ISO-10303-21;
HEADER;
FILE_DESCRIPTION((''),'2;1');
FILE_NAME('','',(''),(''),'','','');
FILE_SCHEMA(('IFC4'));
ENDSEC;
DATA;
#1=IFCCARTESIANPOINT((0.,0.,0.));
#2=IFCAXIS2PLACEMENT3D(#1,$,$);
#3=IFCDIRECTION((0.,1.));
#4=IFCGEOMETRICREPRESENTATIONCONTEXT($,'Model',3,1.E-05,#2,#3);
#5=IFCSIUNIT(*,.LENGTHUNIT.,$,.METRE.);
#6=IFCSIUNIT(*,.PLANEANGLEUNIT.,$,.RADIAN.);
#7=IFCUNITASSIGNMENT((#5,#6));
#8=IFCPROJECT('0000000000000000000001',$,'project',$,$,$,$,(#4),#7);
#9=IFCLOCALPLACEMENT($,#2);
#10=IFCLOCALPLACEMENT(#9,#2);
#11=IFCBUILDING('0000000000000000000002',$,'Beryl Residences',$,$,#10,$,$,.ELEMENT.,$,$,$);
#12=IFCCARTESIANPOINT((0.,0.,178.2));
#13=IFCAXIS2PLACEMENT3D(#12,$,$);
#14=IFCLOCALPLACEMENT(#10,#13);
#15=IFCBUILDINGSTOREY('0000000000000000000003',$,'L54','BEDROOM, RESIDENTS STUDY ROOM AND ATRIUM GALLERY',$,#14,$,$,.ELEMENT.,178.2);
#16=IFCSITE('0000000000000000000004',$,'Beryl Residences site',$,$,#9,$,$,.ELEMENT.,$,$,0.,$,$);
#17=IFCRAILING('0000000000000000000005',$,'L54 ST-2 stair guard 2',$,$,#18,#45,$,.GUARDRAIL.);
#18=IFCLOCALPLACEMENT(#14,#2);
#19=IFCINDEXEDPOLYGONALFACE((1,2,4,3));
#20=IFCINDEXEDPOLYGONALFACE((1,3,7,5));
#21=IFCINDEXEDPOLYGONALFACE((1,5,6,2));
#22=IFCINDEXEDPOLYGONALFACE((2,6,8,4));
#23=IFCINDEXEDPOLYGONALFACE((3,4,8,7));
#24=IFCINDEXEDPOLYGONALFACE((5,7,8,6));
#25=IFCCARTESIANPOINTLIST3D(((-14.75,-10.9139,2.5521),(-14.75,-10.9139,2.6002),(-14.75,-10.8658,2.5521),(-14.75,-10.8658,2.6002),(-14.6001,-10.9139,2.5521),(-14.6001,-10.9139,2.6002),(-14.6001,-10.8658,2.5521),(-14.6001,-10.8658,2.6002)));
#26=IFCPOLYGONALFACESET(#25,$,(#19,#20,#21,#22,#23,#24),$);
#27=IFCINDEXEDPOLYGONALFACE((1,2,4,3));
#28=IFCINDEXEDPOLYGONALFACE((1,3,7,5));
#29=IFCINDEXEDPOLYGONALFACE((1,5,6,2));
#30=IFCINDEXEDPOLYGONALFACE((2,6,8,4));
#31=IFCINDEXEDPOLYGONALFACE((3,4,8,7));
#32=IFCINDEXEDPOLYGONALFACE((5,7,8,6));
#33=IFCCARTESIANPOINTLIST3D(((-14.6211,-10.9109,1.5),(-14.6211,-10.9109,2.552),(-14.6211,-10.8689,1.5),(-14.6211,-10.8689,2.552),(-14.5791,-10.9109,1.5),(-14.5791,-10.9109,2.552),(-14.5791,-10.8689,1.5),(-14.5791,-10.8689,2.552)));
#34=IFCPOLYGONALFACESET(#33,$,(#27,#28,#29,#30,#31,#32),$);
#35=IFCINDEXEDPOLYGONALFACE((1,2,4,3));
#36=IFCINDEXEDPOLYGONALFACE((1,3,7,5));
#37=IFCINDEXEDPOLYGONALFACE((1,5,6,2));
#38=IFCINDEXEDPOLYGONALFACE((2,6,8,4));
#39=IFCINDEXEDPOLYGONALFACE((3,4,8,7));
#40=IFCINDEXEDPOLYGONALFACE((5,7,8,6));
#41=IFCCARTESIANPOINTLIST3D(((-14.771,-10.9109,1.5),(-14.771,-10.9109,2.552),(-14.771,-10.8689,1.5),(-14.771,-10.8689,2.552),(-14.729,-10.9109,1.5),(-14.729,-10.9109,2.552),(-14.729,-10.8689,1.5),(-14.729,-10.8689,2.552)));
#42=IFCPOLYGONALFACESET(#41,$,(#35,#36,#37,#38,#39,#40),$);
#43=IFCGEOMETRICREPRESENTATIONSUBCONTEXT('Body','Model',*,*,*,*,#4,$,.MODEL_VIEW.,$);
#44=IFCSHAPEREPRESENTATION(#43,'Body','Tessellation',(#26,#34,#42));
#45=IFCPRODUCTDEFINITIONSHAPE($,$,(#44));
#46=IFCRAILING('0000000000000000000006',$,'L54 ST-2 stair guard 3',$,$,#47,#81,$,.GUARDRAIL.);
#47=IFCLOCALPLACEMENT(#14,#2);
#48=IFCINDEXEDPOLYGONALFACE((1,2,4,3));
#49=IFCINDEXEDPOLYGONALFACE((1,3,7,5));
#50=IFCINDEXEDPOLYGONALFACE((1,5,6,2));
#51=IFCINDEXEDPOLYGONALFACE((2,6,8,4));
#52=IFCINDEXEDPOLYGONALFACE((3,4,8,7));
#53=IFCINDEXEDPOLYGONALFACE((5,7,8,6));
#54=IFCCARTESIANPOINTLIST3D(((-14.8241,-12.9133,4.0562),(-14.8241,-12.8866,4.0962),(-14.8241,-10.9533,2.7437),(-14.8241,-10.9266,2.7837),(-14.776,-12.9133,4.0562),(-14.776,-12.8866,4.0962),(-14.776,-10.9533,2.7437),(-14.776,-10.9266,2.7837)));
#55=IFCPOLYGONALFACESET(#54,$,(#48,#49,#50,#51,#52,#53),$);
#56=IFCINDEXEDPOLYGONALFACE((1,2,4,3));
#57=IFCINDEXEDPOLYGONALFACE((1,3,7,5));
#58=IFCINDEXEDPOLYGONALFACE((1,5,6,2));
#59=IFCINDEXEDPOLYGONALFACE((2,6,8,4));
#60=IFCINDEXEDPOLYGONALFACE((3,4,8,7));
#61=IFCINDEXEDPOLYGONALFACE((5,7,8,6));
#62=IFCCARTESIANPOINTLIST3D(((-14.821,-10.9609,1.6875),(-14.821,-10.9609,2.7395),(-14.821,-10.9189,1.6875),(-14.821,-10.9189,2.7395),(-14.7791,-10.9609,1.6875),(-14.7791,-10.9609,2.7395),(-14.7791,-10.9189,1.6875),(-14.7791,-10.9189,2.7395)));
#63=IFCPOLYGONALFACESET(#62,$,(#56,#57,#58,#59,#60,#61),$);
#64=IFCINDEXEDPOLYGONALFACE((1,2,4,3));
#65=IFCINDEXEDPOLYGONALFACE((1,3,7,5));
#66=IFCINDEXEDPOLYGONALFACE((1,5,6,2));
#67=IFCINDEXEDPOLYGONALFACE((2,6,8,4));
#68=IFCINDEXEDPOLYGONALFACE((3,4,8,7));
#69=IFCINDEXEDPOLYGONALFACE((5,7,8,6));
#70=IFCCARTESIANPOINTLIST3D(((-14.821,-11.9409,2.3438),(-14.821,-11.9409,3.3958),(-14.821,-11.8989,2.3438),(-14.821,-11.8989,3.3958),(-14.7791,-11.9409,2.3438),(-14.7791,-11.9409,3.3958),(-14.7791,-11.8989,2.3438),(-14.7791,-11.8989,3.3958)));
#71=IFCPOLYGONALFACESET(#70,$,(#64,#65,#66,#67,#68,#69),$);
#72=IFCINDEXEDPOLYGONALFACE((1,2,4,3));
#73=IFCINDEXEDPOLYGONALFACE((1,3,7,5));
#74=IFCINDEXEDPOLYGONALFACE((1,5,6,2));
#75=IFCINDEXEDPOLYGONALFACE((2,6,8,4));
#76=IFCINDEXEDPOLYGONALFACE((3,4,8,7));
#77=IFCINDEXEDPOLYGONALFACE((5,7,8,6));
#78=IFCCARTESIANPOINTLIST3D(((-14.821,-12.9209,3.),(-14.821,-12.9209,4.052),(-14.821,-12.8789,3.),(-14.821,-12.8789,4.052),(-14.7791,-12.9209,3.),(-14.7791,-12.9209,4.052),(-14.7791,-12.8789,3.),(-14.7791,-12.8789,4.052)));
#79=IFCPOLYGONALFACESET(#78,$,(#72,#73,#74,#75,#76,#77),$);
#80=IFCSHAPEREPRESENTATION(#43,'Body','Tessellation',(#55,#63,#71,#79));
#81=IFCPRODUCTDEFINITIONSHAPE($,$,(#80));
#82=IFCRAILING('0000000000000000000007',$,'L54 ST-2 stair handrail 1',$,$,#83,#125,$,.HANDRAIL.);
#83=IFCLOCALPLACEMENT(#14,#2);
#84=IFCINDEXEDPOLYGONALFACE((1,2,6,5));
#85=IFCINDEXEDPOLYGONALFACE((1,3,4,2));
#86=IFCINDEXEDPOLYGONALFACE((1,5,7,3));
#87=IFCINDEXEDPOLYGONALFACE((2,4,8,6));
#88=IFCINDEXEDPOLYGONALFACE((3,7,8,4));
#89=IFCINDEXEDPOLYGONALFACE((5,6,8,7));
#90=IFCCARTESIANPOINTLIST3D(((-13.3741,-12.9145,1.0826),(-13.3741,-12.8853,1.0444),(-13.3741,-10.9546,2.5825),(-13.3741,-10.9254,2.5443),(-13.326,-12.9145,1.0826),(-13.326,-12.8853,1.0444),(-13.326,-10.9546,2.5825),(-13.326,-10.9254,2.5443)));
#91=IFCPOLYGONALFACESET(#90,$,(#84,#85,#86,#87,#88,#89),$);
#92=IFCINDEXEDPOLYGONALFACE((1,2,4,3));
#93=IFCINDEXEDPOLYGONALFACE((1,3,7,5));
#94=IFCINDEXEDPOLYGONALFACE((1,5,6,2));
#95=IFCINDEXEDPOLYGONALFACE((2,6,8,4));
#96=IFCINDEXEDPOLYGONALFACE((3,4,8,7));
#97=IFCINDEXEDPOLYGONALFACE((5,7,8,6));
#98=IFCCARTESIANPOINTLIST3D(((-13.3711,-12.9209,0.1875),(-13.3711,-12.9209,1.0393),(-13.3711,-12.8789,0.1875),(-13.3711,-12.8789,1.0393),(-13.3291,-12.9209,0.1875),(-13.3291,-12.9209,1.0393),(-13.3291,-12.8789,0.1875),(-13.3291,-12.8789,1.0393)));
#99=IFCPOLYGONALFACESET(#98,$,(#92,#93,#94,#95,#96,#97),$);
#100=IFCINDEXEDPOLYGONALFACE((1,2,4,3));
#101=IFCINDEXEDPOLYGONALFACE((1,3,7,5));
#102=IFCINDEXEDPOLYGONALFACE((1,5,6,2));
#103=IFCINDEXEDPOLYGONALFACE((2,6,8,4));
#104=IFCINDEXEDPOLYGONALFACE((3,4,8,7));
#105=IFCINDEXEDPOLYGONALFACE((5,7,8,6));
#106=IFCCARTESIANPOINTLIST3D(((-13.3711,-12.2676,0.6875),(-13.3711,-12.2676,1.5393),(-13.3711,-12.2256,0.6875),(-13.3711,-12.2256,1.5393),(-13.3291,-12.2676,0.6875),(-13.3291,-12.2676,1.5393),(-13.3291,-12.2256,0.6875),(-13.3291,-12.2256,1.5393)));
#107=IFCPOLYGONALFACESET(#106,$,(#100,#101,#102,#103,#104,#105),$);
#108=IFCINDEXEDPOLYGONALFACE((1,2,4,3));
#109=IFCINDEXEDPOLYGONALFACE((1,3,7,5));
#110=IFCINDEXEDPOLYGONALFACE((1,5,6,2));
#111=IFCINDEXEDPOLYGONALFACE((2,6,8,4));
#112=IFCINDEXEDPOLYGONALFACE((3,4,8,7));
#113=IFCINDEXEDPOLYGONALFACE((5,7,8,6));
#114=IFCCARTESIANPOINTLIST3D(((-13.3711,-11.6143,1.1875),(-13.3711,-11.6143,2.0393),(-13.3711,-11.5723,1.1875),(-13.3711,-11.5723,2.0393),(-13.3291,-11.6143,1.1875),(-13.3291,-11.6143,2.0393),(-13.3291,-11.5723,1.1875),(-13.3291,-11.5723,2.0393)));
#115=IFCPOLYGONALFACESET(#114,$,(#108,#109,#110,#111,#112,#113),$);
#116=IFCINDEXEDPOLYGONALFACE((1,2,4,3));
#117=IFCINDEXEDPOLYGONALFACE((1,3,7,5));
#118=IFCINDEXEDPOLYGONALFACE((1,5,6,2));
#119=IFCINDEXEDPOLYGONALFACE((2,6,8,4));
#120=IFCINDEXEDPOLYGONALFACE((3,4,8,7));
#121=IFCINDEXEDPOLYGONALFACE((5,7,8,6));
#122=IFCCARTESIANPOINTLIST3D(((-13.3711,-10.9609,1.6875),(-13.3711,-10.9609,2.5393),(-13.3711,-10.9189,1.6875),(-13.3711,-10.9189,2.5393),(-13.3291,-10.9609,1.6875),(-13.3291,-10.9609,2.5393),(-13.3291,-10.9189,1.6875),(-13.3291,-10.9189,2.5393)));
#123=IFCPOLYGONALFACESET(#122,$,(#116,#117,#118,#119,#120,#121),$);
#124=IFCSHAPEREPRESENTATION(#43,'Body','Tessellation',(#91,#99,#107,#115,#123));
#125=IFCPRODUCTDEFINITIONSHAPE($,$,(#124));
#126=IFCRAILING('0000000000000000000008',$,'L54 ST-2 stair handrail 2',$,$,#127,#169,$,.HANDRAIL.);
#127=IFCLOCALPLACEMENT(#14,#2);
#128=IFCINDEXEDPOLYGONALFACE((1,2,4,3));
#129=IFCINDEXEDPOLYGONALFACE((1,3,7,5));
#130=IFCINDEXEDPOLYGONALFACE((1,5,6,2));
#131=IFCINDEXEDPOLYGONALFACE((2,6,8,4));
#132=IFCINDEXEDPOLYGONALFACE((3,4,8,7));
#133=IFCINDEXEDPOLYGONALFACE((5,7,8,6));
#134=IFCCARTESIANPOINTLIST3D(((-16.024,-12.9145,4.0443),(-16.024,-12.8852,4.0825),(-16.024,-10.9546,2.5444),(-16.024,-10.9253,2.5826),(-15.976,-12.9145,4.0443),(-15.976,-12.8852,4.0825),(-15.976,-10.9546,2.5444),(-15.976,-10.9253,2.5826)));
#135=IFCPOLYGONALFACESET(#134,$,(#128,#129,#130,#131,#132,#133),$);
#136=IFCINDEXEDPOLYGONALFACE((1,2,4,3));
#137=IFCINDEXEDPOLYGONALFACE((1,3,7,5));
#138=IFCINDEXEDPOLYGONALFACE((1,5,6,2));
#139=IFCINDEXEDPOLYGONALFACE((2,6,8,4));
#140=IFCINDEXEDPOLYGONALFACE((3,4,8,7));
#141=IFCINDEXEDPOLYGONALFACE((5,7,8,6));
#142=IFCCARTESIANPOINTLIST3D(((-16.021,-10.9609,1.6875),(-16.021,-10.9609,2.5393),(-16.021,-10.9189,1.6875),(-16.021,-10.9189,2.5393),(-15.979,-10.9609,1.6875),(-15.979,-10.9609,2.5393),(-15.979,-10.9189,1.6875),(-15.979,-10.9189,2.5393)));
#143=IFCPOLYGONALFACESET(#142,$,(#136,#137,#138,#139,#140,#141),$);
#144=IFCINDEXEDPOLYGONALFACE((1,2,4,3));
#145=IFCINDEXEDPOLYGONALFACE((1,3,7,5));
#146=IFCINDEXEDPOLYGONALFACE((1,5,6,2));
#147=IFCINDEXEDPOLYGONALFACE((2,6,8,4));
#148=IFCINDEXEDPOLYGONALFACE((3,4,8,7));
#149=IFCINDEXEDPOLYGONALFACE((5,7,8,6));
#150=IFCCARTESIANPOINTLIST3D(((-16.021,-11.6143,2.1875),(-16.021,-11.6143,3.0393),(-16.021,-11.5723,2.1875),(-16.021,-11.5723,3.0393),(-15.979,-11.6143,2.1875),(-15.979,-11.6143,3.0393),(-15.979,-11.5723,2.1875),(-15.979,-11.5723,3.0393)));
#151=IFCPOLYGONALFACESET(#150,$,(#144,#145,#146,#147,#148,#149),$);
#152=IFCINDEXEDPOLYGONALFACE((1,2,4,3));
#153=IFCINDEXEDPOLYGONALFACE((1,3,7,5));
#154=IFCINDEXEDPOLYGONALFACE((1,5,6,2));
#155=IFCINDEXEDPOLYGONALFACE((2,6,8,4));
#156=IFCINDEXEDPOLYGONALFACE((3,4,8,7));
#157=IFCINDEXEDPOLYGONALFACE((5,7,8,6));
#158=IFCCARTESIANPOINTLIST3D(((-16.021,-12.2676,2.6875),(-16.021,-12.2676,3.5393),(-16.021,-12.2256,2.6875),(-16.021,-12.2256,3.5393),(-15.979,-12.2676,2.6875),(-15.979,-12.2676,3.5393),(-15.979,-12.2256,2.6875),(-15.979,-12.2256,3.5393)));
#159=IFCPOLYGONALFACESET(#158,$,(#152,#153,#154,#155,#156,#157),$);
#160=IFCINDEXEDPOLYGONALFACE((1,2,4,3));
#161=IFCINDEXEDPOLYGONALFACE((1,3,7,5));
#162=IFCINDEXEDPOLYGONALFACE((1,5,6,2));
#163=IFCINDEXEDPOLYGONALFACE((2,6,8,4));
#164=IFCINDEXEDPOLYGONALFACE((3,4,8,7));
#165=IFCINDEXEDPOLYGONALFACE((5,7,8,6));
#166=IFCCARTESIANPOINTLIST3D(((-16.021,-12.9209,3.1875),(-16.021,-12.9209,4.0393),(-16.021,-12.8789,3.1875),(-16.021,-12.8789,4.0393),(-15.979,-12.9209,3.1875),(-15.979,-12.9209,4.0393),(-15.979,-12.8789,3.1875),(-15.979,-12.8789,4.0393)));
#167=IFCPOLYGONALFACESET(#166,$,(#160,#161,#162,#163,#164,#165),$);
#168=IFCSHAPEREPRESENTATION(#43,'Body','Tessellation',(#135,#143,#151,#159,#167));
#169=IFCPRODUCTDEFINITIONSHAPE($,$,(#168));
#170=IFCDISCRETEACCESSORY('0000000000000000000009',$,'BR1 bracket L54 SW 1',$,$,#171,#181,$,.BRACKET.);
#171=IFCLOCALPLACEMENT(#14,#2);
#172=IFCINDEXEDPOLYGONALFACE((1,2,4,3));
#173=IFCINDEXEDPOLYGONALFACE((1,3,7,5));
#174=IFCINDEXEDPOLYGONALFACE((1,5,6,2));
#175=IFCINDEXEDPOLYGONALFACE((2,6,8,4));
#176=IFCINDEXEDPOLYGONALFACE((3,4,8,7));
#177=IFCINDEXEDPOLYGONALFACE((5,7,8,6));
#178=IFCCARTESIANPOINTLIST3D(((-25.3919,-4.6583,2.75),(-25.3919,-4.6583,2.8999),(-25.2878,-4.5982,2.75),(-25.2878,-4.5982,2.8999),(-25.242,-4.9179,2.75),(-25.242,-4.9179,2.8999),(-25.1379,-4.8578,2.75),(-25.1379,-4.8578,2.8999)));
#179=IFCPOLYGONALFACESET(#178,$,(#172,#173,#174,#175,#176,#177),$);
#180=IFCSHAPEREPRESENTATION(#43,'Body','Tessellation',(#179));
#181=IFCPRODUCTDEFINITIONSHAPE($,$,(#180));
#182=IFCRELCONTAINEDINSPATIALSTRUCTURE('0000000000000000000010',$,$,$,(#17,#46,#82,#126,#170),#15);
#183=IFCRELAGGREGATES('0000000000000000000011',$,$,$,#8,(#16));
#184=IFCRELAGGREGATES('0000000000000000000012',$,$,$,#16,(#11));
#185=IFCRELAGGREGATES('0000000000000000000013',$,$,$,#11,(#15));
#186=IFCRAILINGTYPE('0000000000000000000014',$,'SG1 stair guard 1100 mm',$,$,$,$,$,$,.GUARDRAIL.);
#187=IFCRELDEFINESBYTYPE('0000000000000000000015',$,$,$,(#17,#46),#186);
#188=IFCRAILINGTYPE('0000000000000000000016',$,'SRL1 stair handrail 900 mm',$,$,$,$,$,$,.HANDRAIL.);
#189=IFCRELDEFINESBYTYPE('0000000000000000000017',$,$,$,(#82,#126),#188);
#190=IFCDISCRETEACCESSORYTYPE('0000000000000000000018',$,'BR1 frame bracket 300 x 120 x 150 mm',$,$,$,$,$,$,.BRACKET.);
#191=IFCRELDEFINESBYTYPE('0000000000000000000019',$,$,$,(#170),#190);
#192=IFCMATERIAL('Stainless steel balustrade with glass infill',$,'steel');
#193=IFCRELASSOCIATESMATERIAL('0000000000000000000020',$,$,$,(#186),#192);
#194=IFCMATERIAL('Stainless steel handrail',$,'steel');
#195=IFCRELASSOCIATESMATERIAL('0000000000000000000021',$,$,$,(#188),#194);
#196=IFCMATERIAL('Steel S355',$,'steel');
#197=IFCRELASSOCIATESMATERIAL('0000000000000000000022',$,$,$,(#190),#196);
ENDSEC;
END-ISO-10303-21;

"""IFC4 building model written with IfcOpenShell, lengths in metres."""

from ifc_helpers import new_model, si_unit, direction, frame, origin, origin_2d, place, context, subcontext, project, spatial, polyline, rectangle, outline, extrude, source, transform, mapped, material, type_object, type_shapes, element, save


model = new_model("IFC4")

# Units and contexts
model_context = context("Model", 3, precision=1e-05, world=origin(), true_north=direction((0.0, 1.0)))
body_context = subcontext(model_context, "Body", "Model", "MODEL_VIEW")
ifc_project = project(units=[si_unit("LENGTHUNIT", "METRE"), si_unit("PLANEANGLEUNIT", "RADIAN")], contexts=[model_context])

# Site, building, storey
site_placement = place(None, origin())
site = spatial("IfcSite", under=ifc_project, at=site_placement, Name="Beryl Residences site", CompositionType="ELEMENT", RefElevation=0.0)
building_placement = place(site_placement, origin())
building = spatial("IfcBuilding", under=site, at=building_placement, Name="Beryl Residences", CompositionType="ELEMENT")
storey_placement = place(building_placement, frame((0.0, 0.0, 178.2)))
storey = spatial("IfcBuildingStorey", under=building, at=storey_placement, Name="L54", Description="BEDROOM, RESIDENTS STUDY ROOM AND ATRIUM GALLERY", CompositionType="ELEMENT", Elevation=178.2)

# Railings
ifc_material_1 = material(Name="Stainless steel balustrade with glass infill", Category="steel")
railing_type_1 = type_object("IfcRailingType", Name="SG1 stair guard 1100 mm", PredefinedType="GUARDRAIL", material=ifc_material_1)
railing_1_placement = place(storey_placement, frame((-14.6001, -10.8899, 1.5)))
element("IfcRailing", 1, at=railing_1_placement, inside=storey, type_object=railing_type_1, Name="L54 ST-2 stair guard 2", PredefinedType="GUARDRAIL", context=body_context, shape_type="SweptSolid", body=[
    extrude(rectangle(XDim=0.0481, YDim=0.0481, at=origin_2d()), frame((0.0, 0.0, 1.0762), z_axis=(-1.0, 0.0, 0.0), x_axis=(0.0, -1.0, 0.0)), (0.0, 0.0, 1.0), 0.1499),
    extrude(rectangle(XDim=0.042, YDim=0.042, at=origin_2d()), origin(), (0.0, 0.0, 1.0), 1.052),
    extrude(rectangle(XDim=0.042, YDim=0.042, at=origin_2d()), frame((-0.1499, 0.0, 0.0)), (0.0, 0.0, 1.0), 1.052),
])
railing_2_placement = place(storey_placement, frame((-14.8, -10.9399, 1.6875)))
element("IfcRailing", 2, at=railing_2_placement, inside=storey, type_object=railing_type_1, Name="L54 ST-2 stair guard 3", PredefinedType="GUARDRAIL", context=body_context, shape_type="SweptSolid", body=[
    extrude(rectangle(XDim=0.0481, YDim=0.0481, at=origin_2d()), frame((0.0, 0.0, 1.0762), z_axis=(0.0, -0.830902, 0.556419), x_axis=(1.0, 0.0, 0.0)), (0.0, 0.0, 1.0), 2.3589),
    extrude(rectangle(XDim=0.042, YDim=0.042, at=origin_2d()), origin(), (0.0, 0.0, 1.0), 1.052),
    extrude(rectangle(XDim=0.042, YDim=0.042, at=origin_2d()), frame((0.0, -0.98, 0.6562)), (0.0, 0.0, 1.0), 1.052),
    extrude(rectangle(XDim=0.042, YDim=0.042, at=origin_2d()), frame((0.0, -1.96, 1.3125)), (0.0, 0.0, 1.0), 1.052),
])
ifc_material_2 = material(Name="Stainless steel handrail", Category="steel")
railing_type_2 = type_object("IfcRailingType", Name="SRL1 stair handrail 900 mm", PredefinedType="HANDRAIL", material=ifc_material_2)
railing_3_placement = place(storey_placement, frame((-13.3501, -12.8999, 0.1875)))
element("IfcRailing", 3, at=railing_3_placement, inside=storey, type_object=railing_type_2, Name="L54 ST-2 stair handrail 1", PredefinedType="HANDRAIL", context=body_context, shape_type="SweptSolid", body=[
    extrude(rectangle(XDim=0.0481, YDim=0.0481, at=origin_2d()), frame((0.0, 0.0, 0.876), z_axis=(0.0, 0.794122, 0.607758), x_axis=(-1.0, 0.0, 0.0)), (0.0, 0.0, 1.0), 2.468),
    extrude(rectangle(XDim=0.042, YDim=0.042, at=origin_2d()), origin(), (0.0, 0.0, 1.0), 0.8518),
    extrude(rectangle(XDim=0.042, YDim=0.042, at=origin_2d()), frame((0.0, 0.6533, 0.5)), (0.0, 0.0, 1.0), 0.8518),
    extrude(rectangle(XDim=0.042, YDim=0.042, at=origin_2d()), frame((0.0, 1.3066, 1.0)), (0.0, 0.0, 1.0), 0.8518),
    extrude(rectangle(XDim=0.042, YDim=0.042, at=origin_2d()), frame((0.0, 1.96, 1.5)), (0.0, 0.0, 1.0), 0.8518),
])
railing_4_placement = place(storey_placement, frame((-16.0, -10.9399, 1.6875)))
element("IfcRailing", 4, at=railing_4_placement, inside=storey, type_object=railing_type_2, Name="L54 ST-2 stair handrail 2", PredefinedType="HANDRAIL", context=body_context, shape_type="SweptSolid", body=[
    extrude(rectangle(XDim=0.0481, YDim=0.0481, at=origin_2d()), frame((0.0, 0.0, 0.876), z_axis=(0.0, -0.794122, 0.607758), x_axis=(1.0, 0.0, 0.0)), (0.0, 0.0, 1.0), 2.468),
    extrude(rectangle(XDim=0.042, YDim=0.042, at=origin_2d()), origin(), (0.0, 0.0, 1.0), 0.8518),
    extrude(rectangle(XDim=0.042, YDim=0.042, at=origin_2d()), frame((0.0, -0.6533, 0.5)), (0.0, 0.0, 1.0), 0.8518),
    extrude(rectangle(XDim=0.042, YDim=0.042, at=origin_2d()), frame((0.0, -1.3066, 1.0)), (0.0, 0.0, 1.0), 0.8518),
    extrude(rectangle(XDim=0.042, YDim=0.042, at=origin_2d()), frame((0.0, -1.96, 1.5)), (0.0, 0.0, 1.0), 0.8518),
])

# Discrete accessory
ifc_material_3 = material(Name="Steel S355", Category="steel")
discrete_accessory_type = type_object("IfcDiscreteAccessoryType", Name="BR1 frame bracket 300 x 120 x 150 mm", PredefinedType="BRACKET", material=ifc_material_3)
shared_shape_1 = source(origin(), body_context, "Body", "SweptSolid", [
    extrude(outline(polyline([(-0.1499, 0.0), (0.1499, 0.0), (0.1499, 0.1201), (-0.1499, 0.1201), (-0.1499, 0.0)])), origin(), (0.0, 0.0, 1.0), 0.1499),
])
type_shapes(discrete_accessory_type, [shared_shape_1])
discrete_accessory_placement = place(storey_placement, frame((-25.2129, -4.728, 2.75), z_axis=(0.0, 0.0, 1.0), x_axis=(-0.5, 0.866025, 0.0)))
element("IfcDiscreteAccessory", 5, at=discrete_accessory_placement, inside=storey, type_object=discrete_accessory_type, Name="BR1 bracket L54 SW 1", PredefinedType="BRACKET", context=body_context, shape_type="MappedRepresentation", body=[
    mapped(shared_shape_1, transform((0.0, 0.0, 0.0))),
])

save(model, "model.ifc")
